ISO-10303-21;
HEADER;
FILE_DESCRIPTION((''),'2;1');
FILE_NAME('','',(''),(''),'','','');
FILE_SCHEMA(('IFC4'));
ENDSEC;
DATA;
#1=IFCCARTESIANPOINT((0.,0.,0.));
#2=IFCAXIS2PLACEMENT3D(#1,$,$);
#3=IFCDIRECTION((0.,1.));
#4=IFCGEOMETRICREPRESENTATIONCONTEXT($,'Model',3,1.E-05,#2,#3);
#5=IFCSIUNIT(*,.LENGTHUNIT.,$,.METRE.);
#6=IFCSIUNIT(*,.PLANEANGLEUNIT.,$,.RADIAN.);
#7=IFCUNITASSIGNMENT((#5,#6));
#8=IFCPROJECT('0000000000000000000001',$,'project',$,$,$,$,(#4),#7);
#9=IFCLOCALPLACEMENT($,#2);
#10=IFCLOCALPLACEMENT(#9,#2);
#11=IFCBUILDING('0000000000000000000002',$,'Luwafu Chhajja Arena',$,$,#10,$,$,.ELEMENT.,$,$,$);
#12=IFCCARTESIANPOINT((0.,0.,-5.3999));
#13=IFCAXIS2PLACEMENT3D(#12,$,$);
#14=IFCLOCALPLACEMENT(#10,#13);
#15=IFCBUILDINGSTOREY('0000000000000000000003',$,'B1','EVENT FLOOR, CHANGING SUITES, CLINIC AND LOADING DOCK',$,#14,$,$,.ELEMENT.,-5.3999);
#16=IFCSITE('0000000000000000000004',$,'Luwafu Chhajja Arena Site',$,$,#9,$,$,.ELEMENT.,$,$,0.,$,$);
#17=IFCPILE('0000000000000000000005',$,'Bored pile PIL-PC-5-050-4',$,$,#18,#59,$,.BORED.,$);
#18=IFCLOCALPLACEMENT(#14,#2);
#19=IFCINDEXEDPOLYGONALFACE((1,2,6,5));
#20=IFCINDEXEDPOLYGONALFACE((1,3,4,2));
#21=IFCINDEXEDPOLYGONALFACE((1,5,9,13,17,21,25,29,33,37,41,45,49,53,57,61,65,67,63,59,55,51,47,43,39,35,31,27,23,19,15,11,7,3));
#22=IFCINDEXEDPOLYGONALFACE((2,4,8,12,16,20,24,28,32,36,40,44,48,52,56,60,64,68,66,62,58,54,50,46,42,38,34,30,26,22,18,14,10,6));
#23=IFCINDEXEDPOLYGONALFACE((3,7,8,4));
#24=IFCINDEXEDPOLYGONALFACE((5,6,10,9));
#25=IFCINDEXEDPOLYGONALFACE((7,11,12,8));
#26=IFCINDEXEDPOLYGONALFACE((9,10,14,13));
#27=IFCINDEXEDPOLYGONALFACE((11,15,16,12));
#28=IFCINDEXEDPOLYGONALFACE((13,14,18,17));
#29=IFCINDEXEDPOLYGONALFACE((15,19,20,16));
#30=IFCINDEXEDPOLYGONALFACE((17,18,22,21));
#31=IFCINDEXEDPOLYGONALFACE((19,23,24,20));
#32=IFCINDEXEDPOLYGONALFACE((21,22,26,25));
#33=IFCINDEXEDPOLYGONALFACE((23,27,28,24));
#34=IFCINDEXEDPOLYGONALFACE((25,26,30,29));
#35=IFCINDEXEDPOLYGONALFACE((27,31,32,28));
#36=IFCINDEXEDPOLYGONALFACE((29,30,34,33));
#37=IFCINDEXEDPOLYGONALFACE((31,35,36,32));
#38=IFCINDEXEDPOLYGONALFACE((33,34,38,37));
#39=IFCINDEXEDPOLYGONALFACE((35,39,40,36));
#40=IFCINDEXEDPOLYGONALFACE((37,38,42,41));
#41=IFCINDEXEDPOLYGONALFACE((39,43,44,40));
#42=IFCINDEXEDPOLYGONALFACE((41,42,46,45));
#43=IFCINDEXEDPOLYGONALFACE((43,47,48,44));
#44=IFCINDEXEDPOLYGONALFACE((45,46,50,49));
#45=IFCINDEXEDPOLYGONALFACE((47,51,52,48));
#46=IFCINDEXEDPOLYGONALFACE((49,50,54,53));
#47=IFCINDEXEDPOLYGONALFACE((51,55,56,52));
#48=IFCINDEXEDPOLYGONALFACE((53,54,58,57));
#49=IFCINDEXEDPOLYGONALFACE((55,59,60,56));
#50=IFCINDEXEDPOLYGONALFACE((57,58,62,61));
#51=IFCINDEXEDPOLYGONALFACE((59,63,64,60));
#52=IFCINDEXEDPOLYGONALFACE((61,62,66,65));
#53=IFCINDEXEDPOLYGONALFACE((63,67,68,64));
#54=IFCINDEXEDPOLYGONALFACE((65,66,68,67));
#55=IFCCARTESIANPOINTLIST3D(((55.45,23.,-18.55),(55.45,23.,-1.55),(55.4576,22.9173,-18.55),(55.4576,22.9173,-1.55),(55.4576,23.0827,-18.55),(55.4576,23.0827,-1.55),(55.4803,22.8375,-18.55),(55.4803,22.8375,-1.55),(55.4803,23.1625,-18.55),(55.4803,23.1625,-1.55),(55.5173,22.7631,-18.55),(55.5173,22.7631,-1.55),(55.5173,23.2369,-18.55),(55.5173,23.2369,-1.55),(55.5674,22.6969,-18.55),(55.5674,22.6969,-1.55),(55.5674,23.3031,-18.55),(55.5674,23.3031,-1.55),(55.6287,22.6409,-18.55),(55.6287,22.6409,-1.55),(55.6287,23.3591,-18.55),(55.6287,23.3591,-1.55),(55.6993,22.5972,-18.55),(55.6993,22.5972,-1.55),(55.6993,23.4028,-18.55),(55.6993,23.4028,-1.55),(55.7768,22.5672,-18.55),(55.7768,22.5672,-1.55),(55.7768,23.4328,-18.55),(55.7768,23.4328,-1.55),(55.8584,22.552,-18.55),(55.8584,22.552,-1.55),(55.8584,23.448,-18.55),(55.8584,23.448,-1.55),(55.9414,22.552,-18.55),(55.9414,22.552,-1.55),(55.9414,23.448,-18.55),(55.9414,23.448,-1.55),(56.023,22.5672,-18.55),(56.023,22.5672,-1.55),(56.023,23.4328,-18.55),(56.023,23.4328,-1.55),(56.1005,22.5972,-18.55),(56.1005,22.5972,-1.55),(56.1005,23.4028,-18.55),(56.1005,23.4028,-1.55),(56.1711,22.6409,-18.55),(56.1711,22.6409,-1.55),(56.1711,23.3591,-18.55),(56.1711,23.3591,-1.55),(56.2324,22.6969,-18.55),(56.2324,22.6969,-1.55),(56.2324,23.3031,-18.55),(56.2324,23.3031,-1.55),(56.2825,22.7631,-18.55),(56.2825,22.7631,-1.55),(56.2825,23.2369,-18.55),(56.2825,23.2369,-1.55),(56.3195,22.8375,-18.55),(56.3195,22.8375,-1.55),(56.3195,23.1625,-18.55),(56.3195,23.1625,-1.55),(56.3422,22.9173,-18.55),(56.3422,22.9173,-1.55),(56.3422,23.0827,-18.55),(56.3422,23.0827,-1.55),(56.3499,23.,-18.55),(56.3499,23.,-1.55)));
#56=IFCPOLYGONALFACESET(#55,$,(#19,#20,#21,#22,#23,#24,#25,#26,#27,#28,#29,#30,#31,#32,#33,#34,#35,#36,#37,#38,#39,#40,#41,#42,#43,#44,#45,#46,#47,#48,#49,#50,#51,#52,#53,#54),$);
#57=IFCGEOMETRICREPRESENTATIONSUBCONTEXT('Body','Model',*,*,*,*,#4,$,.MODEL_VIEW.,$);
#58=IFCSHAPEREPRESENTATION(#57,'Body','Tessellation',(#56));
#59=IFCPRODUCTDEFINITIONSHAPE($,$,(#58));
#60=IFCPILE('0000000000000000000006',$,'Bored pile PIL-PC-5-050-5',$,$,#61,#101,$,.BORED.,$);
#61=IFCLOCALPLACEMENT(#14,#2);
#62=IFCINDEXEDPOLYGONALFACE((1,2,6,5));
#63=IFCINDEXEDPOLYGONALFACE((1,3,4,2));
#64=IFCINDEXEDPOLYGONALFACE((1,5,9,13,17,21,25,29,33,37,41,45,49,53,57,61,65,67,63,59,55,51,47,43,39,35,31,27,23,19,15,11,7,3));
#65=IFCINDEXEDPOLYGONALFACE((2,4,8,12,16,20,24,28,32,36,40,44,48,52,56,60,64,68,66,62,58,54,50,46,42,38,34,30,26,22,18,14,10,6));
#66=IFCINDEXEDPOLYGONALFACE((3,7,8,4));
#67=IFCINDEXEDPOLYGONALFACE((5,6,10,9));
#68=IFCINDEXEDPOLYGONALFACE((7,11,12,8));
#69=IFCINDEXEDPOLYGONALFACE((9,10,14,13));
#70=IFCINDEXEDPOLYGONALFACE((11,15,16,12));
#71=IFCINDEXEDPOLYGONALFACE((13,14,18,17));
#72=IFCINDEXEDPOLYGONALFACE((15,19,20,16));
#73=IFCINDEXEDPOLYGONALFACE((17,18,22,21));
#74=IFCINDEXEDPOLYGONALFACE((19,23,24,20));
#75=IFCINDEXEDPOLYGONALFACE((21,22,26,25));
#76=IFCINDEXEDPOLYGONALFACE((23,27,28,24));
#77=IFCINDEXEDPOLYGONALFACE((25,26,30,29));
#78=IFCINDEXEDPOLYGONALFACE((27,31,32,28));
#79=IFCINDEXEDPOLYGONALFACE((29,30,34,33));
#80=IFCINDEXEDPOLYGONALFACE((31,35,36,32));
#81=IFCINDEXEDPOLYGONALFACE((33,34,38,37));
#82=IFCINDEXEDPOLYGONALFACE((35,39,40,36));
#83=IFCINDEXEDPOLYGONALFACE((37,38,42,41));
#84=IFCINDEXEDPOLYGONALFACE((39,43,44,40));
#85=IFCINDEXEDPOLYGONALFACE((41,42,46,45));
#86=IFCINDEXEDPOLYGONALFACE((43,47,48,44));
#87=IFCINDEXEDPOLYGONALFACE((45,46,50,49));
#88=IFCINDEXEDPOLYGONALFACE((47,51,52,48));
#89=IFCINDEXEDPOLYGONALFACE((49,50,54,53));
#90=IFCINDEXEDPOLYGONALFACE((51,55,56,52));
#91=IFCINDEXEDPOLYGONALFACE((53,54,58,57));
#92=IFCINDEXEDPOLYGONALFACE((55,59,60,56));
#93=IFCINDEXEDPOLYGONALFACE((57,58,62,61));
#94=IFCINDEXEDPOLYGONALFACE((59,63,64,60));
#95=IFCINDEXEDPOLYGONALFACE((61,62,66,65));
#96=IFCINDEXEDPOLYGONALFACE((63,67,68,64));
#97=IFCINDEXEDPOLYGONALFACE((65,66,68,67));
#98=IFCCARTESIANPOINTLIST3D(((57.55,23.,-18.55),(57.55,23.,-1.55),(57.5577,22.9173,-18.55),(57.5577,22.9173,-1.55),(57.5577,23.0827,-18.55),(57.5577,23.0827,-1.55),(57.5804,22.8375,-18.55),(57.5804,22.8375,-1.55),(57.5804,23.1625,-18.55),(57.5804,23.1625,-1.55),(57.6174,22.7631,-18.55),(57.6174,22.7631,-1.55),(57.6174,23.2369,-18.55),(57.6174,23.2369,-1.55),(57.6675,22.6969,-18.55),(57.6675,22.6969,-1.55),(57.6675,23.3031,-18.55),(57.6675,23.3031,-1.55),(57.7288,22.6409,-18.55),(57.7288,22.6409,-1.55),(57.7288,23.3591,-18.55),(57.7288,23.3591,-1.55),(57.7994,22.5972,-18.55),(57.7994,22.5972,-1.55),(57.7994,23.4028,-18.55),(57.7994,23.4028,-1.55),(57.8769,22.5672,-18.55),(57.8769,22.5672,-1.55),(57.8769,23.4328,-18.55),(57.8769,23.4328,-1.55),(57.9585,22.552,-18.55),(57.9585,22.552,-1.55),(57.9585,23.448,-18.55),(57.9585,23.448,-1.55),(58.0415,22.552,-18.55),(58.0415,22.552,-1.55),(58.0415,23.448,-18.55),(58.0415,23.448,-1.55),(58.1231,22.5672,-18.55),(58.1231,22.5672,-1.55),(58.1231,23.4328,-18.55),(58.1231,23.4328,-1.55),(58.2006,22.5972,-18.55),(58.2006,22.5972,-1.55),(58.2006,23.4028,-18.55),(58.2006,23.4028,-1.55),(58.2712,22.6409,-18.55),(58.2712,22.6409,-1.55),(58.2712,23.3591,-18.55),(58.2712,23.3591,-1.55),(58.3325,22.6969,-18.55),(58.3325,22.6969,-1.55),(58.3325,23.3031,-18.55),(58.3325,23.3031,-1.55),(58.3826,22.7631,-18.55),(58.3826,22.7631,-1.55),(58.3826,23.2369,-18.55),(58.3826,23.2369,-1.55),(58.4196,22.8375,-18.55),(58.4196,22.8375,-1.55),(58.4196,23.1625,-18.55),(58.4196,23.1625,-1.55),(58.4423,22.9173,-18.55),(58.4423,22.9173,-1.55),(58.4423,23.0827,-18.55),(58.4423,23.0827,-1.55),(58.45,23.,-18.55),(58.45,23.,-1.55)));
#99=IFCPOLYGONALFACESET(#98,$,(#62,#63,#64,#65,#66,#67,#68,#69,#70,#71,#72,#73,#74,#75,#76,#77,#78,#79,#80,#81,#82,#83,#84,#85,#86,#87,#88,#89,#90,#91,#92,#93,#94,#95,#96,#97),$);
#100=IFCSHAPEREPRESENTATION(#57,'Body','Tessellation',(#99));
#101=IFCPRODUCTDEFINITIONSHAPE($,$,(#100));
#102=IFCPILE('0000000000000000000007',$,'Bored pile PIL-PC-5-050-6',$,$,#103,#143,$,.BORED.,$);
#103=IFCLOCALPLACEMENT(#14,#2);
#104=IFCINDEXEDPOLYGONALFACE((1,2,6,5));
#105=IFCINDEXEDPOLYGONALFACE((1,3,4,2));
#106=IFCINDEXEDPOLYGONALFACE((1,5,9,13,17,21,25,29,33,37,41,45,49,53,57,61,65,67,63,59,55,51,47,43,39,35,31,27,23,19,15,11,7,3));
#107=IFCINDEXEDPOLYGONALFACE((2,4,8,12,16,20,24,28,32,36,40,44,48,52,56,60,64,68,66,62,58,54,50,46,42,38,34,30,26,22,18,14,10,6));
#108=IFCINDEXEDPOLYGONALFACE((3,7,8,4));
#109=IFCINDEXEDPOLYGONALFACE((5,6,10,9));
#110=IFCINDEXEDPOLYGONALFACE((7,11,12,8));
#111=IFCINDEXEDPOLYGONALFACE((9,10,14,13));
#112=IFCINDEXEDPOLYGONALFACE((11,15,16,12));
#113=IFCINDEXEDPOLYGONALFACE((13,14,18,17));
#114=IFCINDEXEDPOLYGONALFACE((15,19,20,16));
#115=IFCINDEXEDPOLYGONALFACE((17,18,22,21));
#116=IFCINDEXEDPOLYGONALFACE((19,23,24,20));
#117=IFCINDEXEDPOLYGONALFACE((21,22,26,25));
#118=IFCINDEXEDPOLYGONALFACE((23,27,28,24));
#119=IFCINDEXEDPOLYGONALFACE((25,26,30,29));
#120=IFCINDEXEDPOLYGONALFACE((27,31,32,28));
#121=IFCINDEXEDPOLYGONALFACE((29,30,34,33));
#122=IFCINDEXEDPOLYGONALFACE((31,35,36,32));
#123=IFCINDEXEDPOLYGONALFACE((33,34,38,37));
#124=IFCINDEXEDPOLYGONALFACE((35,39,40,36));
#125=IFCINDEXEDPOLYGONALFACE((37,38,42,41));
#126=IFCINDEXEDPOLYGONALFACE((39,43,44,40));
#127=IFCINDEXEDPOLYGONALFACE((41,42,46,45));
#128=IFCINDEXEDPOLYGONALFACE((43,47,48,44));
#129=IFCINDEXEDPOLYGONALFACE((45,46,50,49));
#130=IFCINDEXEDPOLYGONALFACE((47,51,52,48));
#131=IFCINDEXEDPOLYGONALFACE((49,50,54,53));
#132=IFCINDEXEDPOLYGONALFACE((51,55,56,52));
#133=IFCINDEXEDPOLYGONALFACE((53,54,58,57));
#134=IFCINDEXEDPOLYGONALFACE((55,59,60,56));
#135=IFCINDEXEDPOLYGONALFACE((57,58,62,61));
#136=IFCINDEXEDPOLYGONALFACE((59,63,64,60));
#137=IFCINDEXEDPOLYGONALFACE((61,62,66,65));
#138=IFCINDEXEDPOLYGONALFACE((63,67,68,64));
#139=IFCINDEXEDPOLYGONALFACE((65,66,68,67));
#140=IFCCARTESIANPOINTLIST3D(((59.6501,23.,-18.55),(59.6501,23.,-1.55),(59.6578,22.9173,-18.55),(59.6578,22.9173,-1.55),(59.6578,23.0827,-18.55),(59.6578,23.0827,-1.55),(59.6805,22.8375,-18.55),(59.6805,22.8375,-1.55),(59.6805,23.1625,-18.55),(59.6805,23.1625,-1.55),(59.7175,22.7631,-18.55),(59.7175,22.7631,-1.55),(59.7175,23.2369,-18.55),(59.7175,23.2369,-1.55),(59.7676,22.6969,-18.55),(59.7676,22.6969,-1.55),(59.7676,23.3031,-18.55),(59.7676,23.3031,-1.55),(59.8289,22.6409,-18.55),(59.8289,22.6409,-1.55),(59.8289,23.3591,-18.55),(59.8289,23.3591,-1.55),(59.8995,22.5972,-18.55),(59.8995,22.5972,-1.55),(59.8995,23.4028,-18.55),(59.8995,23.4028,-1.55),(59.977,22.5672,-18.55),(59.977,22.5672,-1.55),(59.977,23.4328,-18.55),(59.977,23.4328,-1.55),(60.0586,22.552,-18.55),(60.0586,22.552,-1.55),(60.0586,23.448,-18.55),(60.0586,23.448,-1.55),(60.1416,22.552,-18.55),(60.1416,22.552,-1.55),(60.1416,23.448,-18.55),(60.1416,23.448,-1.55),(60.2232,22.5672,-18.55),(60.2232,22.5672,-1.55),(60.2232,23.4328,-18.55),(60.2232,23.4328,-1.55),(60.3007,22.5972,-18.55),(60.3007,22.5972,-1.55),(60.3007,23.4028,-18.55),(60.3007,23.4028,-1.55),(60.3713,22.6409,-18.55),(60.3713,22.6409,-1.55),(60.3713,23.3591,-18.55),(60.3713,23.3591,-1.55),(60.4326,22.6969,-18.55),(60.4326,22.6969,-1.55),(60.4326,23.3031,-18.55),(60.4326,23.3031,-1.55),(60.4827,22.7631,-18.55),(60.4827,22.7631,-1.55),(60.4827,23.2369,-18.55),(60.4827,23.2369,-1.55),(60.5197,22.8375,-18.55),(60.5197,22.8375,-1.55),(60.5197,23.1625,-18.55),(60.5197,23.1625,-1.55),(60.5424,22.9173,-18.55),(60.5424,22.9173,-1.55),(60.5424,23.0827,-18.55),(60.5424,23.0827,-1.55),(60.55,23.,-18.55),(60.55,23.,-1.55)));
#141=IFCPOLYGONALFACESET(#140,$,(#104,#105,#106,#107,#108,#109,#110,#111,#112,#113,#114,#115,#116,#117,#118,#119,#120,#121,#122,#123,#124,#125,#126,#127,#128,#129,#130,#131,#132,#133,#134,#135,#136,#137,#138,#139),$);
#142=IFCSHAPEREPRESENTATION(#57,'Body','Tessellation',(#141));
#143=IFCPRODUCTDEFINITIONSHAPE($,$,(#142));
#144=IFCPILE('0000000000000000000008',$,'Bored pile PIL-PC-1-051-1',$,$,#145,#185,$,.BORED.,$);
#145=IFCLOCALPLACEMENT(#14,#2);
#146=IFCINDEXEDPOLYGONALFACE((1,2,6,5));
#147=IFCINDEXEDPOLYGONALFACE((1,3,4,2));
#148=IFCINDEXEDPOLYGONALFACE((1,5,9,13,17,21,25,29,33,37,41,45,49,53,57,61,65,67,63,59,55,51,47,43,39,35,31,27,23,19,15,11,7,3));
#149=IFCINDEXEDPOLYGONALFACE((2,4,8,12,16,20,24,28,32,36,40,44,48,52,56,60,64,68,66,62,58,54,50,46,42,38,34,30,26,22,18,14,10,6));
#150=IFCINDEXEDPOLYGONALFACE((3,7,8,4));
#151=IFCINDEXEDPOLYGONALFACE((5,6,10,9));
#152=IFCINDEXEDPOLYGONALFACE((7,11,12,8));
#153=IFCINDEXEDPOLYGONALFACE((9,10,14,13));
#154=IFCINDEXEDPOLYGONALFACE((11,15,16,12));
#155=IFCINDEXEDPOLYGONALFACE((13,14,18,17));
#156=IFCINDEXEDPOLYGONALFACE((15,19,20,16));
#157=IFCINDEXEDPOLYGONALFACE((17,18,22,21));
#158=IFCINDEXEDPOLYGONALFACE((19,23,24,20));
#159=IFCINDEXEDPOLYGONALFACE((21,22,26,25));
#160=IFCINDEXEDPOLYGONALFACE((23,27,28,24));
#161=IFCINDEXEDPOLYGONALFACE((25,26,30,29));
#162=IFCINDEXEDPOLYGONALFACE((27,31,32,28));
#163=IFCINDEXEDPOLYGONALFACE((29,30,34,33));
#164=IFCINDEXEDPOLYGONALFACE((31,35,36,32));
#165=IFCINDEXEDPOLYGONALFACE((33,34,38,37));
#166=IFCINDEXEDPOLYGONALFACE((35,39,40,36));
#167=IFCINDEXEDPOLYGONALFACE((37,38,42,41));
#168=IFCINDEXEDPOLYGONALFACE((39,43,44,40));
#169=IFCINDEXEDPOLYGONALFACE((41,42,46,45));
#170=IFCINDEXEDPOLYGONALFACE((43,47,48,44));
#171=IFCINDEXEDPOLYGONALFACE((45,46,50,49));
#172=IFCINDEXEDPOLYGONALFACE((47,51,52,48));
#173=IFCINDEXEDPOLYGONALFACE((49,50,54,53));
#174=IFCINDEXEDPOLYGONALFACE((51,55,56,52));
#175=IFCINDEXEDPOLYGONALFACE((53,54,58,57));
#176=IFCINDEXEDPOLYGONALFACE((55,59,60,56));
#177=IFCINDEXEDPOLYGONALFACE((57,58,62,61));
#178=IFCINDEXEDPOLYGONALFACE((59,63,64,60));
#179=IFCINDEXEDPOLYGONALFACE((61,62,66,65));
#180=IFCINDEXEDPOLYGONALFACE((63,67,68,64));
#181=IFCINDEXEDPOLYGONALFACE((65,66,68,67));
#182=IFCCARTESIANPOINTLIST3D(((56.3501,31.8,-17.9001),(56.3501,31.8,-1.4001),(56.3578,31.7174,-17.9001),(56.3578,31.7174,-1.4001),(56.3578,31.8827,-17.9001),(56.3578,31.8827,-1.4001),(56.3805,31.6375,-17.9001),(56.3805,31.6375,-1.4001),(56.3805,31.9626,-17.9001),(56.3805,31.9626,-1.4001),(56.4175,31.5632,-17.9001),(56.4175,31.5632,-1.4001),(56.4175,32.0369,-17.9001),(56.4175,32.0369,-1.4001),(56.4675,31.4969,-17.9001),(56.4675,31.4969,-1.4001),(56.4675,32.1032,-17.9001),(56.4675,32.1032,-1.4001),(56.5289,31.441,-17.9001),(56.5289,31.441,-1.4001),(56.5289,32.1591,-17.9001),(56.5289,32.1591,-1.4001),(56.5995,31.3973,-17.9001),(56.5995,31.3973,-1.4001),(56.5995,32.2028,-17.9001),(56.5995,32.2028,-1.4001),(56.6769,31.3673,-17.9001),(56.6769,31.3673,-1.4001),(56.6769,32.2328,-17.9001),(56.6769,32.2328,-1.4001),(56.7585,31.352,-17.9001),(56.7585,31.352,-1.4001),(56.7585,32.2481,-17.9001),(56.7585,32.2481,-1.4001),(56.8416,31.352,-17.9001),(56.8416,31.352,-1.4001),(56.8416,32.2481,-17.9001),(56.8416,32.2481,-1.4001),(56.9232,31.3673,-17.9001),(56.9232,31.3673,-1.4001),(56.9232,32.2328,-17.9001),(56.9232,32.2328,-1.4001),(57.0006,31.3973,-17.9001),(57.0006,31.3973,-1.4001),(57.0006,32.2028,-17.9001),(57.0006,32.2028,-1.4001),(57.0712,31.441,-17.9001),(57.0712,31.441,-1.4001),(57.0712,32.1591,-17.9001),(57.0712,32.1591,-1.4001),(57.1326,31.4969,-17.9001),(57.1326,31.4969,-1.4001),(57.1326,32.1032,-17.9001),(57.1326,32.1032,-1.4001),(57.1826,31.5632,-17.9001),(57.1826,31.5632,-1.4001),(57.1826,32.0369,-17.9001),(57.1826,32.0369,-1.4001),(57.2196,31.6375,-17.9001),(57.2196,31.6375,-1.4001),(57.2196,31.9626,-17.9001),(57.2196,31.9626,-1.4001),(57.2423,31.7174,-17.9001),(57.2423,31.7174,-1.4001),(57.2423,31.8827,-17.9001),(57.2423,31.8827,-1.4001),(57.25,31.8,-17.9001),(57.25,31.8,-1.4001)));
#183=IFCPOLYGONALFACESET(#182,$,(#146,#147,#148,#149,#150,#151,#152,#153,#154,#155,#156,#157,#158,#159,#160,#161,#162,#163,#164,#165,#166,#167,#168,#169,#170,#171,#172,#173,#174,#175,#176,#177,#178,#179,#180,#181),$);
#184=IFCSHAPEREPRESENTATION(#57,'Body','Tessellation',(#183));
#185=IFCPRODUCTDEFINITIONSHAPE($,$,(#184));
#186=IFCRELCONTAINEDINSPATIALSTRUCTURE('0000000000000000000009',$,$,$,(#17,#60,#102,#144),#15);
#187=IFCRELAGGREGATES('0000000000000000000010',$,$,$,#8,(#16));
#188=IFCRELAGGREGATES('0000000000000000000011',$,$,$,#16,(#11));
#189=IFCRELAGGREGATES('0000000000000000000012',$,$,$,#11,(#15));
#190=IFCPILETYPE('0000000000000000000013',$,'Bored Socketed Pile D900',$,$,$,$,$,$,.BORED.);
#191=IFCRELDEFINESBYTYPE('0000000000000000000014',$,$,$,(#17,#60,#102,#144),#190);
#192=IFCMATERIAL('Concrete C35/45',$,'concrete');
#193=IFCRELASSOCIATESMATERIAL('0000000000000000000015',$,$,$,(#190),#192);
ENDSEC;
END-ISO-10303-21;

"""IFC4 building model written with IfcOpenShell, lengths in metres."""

from ifc_helpers import new_model, si_unit, direction, frame, origin, origin_2d, place, context, subcontext, project, spatial, circle, extrude, material, material_profile, profile_set, type_object, element, save


model = new_model("IFC4")

# Units and contexts
model_context = context("Model", 3, precision=1e-05, world=origin(), true_north=direction((0.0, 1.0)))
body_context = subcontext(model_context, "Body", "Model", "MODEL_VIEW")
ifc_project = project(units=[si_unit("LENGTHUNIT", "METRE"), si_unit("PLANEANGLEUNIT", "RADIAN")], contexts=[model_context])

# Site, building, storey
site_placement = place(None, origin())
site = spatial("IfcSite", under=ifc_project, at=site_placement, Name="Luwafu Chhajja Arena Site", CompositionType="ELEMENT", RefElevation=0.0)
building_placement = place(site_placement, origin())
building = spatial("IfcBuilding", under=site, at=building_placement, Name="Luwafu Chhajja Arena", CompositionType="ELEMENT")
storey_placement = place(building_placement, frame((0.0, 0.0, -5.3999)))
storey = spatial("IfcBuildingStorey", under=building, at=storey_placement, Name="B1", Description="EVENT FLOOR, CHANGING SUITES, CLINIC AND LOADING DOCK", CompositionType="ELEMENT", Elevation=-5.3999)

# Piles
ifc_material_1 = material(Name="Concrete C35/45", Category="concrete")
ifc_material_profile_1 = material_profile(ifc_material_1, circle(Radius=0.45, at=origin_2d()), Name="PILE D900")
ifc_profile_set_1 = profile_set([ifc_material_profile_1], Name="Concrete C35/45")
pile_type = type_object("IfcPileType", Name="Bored Socketed Pile D900", PredefinedType="BORED", material=ifc_profile_set_1)
for number, where, z_axis, x_axis, name in (
    (1, (55.8999, 23.0, -1.55), (0.0, 0.0, -1.0), (1.0, 0.0, 0.0), "Bored pile PIL-PC-5-050-4"),
    (2, (58.0, 23.0, -1.55), (0.0, 0.0, -1.0), (1.0, 0.0, 0.0), "Bored pile PIL-PC-5-050-5"),
    (3, (60.1001, 23.0, -1.55), (0.0, 0.0, -1.0), (1.0, 0.0, 0.0), "Bored pile PIL-PC-5-050-6"),
):
    element("IfcPile", number, at=place(storey_placement, frame(where, z_axis=z_axis, x_axis=x_axis)), inside=storey, type_object=pile_type, Name=name, PredefinedType="BORED", context=body_context, shape_type="SweptSolid", body=[
        extrude(circle(Radius=0.45, at=origin_2d()), origin(), (0.0, 0.0, 1.0), 17.0),
    ])
for number, where, z_axis, x_axis, name in (
    (4, (56.8, 31.8, -1.4001), (0.0, 0.0, -1.0), (1.0, 0.0, 0.0), "Bored pile PIL-PC-1-051-1"),
):
    element("IfcPile", number, at=place(storey_placement, frame(where, z_axis=z_axis, x_axis=x_axis)), inside=storey, type_object=pile_type, Name=name, PredefinedType="BORED", context=body_context, shape_type="SweptSolid", body=[
        extrude(circle(Radius=0.45, at=origin_2d()), origin(), (0.0, 0.0, 1.0), 16.5),
    ])

save(model, "model.ifc")
